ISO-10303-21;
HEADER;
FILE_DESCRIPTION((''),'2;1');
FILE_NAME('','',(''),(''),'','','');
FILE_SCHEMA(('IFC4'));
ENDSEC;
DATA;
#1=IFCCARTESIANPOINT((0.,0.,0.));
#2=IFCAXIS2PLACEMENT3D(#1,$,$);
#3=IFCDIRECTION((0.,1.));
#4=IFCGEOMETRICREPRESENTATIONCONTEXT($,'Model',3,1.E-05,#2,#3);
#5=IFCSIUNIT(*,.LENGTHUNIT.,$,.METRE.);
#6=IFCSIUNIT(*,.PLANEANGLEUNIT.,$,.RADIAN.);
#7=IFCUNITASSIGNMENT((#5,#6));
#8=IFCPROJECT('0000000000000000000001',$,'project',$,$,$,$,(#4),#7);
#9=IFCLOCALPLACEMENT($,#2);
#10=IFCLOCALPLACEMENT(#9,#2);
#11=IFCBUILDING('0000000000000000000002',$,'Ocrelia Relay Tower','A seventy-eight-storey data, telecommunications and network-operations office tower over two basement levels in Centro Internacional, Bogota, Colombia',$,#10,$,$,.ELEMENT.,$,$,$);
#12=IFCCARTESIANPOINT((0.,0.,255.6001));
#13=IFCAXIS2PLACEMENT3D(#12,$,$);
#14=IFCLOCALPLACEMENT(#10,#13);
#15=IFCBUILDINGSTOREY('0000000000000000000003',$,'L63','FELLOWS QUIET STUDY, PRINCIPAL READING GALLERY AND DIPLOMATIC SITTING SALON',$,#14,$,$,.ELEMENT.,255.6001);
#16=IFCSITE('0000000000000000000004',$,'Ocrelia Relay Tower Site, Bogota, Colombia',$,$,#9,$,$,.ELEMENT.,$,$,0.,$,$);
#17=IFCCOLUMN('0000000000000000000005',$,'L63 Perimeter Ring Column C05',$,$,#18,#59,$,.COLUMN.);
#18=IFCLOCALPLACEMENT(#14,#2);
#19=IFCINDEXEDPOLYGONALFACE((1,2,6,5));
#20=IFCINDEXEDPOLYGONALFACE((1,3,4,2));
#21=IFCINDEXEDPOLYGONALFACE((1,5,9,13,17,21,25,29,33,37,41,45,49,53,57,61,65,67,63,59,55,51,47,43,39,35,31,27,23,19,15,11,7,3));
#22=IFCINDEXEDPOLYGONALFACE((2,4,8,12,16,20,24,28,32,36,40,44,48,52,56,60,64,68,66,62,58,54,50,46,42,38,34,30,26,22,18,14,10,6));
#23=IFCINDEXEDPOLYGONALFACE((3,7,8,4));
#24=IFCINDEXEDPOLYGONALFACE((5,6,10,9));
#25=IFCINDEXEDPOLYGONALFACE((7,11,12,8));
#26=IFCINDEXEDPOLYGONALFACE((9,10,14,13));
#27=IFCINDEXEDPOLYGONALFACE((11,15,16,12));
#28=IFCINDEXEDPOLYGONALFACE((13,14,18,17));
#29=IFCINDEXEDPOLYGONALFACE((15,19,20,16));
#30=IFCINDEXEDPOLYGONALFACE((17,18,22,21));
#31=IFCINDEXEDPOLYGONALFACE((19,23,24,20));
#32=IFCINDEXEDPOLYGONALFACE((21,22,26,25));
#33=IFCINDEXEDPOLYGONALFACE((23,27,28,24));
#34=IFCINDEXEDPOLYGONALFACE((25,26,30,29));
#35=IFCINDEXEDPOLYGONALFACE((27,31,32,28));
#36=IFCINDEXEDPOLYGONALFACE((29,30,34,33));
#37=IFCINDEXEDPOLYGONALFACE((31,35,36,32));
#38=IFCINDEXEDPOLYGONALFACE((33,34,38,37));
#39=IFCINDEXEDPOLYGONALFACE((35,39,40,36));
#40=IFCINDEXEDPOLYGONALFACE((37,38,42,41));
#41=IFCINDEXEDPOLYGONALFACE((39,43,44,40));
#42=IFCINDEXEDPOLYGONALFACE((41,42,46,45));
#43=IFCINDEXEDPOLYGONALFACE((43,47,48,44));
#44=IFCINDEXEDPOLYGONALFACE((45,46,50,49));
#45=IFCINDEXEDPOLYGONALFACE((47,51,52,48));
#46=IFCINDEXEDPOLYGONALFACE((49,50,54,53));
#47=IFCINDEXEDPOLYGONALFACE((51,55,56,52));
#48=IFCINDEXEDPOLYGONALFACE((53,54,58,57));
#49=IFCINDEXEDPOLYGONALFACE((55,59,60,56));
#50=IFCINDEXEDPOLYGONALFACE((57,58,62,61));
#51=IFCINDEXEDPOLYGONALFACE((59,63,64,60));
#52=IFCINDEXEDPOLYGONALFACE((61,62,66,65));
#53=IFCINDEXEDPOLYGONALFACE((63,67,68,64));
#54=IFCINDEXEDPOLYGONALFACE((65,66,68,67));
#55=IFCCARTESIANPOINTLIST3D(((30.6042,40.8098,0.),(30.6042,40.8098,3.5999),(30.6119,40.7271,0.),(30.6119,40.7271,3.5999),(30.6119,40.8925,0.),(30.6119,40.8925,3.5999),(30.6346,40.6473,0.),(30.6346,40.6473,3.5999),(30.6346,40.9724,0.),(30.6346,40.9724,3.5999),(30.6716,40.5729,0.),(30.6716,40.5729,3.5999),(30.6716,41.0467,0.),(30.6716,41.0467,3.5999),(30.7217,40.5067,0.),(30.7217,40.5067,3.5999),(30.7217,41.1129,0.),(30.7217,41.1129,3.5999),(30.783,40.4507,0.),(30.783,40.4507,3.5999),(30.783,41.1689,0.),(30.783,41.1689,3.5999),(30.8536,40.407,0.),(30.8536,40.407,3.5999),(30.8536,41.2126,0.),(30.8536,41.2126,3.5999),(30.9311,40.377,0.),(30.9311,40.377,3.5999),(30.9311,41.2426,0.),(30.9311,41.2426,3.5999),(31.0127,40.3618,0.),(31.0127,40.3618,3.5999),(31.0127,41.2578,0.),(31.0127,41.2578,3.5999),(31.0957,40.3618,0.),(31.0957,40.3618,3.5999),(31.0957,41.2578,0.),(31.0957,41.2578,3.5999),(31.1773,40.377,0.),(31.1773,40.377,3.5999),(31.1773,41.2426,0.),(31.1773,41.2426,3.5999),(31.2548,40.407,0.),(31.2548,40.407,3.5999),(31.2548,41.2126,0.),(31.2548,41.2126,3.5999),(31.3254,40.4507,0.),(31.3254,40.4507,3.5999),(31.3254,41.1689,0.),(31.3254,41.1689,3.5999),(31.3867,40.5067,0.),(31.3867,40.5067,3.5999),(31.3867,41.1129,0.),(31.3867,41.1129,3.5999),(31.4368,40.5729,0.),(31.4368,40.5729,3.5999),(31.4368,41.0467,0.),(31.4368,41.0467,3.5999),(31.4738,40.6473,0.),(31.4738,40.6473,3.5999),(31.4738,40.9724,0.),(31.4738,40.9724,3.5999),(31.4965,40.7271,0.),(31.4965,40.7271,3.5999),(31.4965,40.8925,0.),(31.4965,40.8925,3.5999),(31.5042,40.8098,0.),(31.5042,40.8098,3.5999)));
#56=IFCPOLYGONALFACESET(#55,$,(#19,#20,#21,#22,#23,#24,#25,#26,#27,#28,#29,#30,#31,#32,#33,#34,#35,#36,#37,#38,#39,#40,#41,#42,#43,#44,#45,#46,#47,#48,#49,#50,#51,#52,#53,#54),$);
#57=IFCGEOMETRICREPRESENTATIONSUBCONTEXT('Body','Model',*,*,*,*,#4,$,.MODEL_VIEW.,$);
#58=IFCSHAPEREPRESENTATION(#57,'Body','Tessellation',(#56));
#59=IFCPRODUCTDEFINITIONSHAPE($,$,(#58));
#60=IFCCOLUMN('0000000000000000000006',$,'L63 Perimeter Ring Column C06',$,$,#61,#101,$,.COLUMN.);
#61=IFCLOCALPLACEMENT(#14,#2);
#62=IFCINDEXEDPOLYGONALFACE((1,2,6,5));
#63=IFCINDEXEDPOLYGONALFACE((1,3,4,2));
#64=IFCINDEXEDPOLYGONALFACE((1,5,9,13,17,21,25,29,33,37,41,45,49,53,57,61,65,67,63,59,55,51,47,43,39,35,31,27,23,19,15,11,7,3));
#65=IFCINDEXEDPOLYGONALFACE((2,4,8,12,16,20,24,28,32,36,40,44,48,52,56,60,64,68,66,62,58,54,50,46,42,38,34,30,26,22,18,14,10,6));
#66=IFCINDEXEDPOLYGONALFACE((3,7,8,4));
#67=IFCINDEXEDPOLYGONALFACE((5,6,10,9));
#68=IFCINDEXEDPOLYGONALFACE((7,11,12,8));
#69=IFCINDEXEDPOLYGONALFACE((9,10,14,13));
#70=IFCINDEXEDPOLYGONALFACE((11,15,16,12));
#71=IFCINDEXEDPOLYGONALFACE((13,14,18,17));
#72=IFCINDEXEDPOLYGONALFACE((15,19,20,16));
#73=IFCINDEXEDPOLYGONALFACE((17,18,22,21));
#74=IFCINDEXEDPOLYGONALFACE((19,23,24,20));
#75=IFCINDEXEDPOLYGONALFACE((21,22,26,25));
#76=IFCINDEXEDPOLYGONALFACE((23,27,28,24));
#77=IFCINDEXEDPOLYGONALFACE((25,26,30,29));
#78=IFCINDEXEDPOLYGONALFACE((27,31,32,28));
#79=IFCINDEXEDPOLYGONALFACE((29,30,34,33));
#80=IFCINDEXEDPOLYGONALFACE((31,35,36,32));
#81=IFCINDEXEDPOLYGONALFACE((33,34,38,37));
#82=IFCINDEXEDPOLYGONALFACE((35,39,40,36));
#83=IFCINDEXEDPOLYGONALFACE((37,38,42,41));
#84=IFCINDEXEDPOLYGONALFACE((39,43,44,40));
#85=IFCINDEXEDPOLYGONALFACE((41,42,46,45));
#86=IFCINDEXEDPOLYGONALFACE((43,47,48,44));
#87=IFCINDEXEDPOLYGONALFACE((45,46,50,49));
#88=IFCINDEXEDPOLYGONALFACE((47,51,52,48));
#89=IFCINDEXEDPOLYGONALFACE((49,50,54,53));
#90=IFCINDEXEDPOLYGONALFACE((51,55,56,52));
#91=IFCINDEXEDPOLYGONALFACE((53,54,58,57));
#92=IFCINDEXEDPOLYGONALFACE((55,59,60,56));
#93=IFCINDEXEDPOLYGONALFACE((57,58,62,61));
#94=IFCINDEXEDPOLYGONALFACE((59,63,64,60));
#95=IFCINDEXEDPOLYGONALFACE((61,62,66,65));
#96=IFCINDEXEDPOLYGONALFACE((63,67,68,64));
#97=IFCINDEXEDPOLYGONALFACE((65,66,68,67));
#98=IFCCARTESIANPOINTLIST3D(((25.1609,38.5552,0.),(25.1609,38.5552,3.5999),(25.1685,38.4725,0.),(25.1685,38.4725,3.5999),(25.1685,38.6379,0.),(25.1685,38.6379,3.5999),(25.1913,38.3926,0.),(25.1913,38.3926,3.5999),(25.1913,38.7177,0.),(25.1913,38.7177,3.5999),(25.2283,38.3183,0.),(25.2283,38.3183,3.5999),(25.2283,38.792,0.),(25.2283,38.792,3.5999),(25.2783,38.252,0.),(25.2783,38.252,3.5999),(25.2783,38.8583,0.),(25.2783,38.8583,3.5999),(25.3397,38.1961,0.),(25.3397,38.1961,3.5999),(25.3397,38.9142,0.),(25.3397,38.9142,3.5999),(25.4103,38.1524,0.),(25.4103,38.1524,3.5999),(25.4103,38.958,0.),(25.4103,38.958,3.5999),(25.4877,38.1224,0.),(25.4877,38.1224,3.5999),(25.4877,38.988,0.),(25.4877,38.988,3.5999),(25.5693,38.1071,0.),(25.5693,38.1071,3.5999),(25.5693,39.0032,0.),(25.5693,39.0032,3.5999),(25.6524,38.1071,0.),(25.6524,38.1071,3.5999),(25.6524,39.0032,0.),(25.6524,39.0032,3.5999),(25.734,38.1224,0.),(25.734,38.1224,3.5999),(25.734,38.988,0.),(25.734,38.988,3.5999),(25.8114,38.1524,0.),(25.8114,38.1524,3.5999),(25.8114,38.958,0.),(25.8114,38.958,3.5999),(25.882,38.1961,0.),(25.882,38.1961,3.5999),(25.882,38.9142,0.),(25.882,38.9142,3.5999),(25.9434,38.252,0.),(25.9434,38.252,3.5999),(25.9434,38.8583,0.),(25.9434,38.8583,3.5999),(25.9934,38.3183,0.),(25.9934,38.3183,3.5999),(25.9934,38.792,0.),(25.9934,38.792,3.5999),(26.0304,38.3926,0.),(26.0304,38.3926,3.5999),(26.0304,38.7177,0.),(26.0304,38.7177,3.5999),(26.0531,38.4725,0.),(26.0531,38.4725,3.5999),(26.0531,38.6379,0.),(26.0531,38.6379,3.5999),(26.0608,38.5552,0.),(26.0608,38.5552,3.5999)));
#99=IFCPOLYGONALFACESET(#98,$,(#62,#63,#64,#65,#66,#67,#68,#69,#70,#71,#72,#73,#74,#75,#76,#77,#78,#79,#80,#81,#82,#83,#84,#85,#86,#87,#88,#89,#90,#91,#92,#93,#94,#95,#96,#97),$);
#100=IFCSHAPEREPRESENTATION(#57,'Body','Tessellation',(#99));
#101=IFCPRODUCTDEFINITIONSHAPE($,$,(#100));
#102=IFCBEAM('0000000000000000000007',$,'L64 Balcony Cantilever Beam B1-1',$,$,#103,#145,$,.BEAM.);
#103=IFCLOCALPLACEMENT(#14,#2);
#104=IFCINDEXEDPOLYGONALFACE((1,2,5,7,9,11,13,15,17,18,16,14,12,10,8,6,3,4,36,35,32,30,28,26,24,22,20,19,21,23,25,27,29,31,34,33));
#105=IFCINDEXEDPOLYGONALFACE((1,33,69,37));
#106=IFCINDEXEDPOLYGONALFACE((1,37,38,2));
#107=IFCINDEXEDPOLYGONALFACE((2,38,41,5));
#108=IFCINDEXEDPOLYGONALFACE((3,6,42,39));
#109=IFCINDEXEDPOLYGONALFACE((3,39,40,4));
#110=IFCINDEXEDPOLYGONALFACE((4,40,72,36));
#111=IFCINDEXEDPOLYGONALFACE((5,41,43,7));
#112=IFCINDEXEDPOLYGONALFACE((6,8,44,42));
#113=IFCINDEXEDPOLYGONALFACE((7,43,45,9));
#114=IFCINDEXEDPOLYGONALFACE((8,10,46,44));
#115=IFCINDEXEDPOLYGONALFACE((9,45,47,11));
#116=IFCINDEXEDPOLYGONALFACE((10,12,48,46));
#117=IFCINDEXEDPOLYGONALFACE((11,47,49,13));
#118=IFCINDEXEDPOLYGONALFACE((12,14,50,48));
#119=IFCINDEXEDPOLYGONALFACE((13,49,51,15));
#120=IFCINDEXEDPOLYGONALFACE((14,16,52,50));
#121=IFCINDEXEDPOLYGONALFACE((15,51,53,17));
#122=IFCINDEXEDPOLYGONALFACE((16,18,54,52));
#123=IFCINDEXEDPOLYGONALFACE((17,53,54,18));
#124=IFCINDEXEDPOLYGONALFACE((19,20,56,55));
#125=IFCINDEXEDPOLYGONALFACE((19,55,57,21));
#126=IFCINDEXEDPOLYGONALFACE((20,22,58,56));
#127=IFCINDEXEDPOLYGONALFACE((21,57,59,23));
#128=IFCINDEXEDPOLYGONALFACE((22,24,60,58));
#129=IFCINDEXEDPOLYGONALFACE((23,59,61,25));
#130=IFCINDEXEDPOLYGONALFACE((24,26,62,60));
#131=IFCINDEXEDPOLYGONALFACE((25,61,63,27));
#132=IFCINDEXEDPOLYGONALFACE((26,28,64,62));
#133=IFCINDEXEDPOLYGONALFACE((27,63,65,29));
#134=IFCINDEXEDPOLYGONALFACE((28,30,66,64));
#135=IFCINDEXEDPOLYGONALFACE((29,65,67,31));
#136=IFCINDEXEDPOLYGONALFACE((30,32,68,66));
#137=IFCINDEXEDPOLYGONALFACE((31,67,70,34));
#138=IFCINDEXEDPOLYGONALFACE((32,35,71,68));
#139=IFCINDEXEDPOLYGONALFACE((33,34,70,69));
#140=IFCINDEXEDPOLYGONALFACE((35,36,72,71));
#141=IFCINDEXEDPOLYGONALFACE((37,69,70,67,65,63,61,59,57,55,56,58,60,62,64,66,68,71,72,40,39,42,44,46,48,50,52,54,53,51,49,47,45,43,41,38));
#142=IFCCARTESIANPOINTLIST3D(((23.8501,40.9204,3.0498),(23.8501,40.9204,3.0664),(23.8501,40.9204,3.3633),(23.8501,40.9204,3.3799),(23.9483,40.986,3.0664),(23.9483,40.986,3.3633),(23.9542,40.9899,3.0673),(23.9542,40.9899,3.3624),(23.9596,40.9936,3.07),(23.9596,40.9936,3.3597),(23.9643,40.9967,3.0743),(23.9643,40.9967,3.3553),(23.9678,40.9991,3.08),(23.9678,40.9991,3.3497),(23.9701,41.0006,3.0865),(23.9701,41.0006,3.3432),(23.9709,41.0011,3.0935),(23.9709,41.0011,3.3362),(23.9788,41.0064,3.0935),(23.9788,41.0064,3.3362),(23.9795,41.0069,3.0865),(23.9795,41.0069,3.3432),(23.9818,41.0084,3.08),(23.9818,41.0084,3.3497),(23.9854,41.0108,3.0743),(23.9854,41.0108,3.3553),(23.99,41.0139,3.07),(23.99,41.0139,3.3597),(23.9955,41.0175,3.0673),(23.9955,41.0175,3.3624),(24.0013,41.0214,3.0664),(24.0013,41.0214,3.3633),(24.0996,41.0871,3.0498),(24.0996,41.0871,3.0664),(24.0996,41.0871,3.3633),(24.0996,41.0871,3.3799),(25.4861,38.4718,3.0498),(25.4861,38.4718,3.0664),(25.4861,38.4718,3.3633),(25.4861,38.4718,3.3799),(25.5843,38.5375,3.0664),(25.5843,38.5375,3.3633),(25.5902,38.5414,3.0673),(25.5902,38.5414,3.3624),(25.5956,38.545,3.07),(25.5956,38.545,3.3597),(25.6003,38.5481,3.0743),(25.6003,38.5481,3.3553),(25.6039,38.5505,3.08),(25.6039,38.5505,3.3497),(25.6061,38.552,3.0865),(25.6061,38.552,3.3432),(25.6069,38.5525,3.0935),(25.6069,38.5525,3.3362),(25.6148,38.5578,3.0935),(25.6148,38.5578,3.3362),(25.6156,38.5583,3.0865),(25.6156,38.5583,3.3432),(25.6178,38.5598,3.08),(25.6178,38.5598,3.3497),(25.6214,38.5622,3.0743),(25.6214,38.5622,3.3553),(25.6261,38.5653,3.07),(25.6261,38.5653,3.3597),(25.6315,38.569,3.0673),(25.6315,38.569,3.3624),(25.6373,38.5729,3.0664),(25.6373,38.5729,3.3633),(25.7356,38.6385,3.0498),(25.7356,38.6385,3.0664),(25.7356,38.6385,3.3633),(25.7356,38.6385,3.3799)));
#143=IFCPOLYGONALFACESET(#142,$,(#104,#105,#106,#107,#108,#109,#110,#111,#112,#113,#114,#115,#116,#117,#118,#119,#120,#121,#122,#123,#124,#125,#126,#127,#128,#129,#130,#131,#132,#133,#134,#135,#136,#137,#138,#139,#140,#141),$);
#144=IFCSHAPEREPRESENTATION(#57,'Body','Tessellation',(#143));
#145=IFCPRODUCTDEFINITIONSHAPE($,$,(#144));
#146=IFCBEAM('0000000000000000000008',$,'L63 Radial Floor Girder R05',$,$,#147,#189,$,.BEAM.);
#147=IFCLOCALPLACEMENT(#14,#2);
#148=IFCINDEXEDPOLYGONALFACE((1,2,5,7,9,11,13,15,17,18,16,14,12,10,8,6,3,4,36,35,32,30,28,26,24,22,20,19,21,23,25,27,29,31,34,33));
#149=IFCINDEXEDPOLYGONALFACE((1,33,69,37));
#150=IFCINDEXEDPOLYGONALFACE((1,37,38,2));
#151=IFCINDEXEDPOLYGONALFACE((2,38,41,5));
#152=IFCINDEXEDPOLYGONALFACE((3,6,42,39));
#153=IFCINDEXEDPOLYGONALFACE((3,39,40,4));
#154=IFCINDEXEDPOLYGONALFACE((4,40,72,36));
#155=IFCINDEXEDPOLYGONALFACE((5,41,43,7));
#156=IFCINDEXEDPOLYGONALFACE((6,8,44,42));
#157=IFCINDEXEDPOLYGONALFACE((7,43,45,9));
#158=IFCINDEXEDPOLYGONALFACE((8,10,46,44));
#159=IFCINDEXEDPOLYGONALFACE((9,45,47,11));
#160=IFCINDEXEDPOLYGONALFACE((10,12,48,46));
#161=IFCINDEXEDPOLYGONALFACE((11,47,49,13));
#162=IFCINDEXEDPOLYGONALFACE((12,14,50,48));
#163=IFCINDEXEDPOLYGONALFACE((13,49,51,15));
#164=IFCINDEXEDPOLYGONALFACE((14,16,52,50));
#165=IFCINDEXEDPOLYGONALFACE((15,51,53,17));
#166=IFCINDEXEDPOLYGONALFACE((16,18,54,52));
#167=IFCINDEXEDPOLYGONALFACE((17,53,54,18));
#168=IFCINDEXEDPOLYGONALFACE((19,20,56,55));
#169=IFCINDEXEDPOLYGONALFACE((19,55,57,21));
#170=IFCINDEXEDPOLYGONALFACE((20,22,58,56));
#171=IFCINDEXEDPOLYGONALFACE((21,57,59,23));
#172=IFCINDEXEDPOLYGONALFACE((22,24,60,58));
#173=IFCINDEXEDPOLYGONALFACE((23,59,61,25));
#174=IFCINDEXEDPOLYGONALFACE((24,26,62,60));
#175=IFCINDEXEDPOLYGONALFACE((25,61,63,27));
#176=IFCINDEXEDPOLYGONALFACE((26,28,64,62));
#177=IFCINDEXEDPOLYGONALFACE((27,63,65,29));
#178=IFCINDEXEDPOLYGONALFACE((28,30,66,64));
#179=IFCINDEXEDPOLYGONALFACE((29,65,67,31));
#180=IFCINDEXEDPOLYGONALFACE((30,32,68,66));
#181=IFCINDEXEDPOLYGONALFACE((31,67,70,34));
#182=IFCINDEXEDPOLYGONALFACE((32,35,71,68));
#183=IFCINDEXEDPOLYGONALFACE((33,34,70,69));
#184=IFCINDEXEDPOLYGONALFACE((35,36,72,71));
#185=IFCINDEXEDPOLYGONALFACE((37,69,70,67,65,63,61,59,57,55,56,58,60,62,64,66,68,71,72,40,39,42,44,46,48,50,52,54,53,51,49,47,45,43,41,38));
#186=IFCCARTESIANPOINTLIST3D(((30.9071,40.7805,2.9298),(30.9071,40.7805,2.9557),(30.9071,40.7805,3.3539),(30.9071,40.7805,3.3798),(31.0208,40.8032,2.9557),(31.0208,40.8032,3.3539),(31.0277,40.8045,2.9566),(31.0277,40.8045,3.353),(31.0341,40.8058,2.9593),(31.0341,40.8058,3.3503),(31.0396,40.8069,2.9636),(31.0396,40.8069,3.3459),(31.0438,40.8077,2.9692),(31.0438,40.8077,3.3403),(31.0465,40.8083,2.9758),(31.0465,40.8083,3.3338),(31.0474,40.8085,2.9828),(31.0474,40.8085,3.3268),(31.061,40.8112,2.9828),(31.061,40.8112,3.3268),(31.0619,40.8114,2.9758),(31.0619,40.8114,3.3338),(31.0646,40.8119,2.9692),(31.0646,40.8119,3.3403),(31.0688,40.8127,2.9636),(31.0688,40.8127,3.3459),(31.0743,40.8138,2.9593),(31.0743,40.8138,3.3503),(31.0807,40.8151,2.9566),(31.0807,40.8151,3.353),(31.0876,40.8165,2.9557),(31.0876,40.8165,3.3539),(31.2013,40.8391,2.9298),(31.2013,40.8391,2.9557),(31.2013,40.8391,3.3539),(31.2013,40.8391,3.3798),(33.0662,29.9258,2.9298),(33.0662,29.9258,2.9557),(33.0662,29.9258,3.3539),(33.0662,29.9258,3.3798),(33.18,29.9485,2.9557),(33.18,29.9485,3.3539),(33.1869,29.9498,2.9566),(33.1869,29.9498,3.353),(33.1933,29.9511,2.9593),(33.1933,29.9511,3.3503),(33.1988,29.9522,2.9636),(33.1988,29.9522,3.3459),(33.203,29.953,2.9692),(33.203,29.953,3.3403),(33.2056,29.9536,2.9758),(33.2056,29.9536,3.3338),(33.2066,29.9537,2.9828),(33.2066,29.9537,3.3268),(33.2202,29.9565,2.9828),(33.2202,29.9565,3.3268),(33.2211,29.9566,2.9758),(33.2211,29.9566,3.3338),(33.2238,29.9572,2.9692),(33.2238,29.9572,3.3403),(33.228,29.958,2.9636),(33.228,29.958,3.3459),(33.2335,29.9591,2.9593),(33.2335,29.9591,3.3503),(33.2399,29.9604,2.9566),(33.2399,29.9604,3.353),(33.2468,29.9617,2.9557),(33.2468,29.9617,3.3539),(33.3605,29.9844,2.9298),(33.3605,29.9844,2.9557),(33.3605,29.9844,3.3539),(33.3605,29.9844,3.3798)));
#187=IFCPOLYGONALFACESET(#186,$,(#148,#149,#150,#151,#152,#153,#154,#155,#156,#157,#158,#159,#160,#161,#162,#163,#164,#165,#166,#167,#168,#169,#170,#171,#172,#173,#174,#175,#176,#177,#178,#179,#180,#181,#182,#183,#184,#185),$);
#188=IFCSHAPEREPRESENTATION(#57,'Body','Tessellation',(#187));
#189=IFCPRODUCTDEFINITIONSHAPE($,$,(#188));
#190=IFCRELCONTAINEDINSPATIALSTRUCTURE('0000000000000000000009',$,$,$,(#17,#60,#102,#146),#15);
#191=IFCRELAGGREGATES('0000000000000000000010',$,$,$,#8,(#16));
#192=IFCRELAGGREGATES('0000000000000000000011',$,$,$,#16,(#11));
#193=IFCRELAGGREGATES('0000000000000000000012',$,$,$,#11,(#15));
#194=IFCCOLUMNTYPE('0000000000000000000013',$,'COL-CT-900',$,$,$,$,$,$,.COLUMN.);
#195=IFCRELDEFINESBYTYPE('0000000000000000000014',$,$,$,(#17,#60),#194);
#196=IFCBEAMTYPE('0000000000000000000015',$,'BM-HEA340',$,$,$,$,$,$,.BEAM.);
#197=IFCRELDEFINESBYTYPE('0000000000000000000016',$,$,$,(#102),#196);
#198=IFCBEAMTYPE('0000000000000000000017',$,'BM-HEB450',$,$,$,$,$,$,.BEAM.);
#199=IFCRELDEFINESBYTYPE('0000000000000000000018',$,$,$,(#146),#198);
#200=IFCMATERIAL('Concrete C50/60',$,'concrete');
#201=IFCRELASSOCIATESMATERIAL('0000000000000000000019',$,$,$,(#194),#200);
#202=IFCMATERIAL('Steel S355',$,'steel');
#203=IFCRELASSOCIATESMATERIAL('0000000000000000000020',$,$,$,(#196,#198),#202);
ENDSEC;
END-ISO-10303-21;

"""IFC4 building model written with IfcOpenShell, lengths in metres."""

from ifc_helpers import new_model, si_unit, direction, frame, origin, origin_2d, place, context, subcontext, project, spatial, circle, i_section, extrude, material, material_profile, profile_set, type_object, element, save


model = new_model("IFC4")

# Units and contexts
model_context = context("Model", 3, precision=1e-05, world=origin(), true_north=direction((0.0, 1.0)))
body_context = subcontext(model_context, "Body", "Model", "MODEL_VIEW")
ifc_project = project(units=[si_unit("LENGTHUNIT", "METRE"), si_unit("PLANEANGLEUNIT", "RADIAN")], contexts=[model_context])

# Site, building, storey
site_placement = place(None, origin())
site = spatial("IfcSite", under=ifc_project, at=site_placement, Name="Ocrelia Relay Tower Site, Bogota, Colombia", CompositionType="ELEMENT", RefElevation=0.0)
building_placement = place(site_placement, origin())
building = spatial("IfcBuilding", under=site, at=building_placement, Name="Ocrelia Relay Tower", Description="A seventy-eight-storey data, telecommunications and network-operations office tower over two basement levels in Centro Internacional, Bogota, Colombia", CompositionType="ELEMENT")
storey_placement = place(building_placement, frame((0.0, 0.0, 255.6001)))
storey = spatial("IfcBuildingStorey", under=building, at=storey_placement, Name="L63", Description="FELLOWS QUIET STUDY, PRINCIPAL READING GALLERY AND DIPLOMATIC SITTING SALON", CompositionType="ELEMENT", Elevation=255.6001)

# Columns
ifc_material_1 = material(Name="Concrete C50/60", Category="concrete")
ifc_material_profile_1 = material_profile(ifc_material_1, circle(Radius=0.45, at=origin_2d()), Name="RC-CIR-900")
ifc_profile_set_1 = profile_set([ifc_material_profile_1], Name="Concrete C50/60")
column_type = type_object("IfcColumnType", Name="COL-CT-900", PredefinedType="COLUMN", material=ifc_profile_set_1)
for number, where, z_axis, x_axis, name in (
    (1, (31.0542, 40.8098, 0.0), (0.0, 0.0, 1.0), (1.0, 0.0, 0.0), "L63 Perimeter Ring Column C05"),
    (2, (25.6108, 38.5552, 0.0), (0.0, 0.0, 1.0), (1.0, 0.0, 0.0), "L63 Perimeter Ring Column C06"),
):
    element("IfcColumn", number, at=place(storey_placement, frame(where, z_axis=z_axis, x_axis=x_axis)), inside=storey, type_object=column_type, Name=name, PredefinedType="COLUMN", context=body_context, shape_type="SweptSolid", body=[
        extrude(circle(Radius=0.45, at=origin_2d()), origin(), (0.0, 0.0, 1.0), 3.5999),
    ])

# Beams
ifc_material_2 = material(Name="Steel S355", Category="steel")
ifc_material_profile_2 = material_profile(ifc_material_2, i_section(OverallWidth=0.3, OverallDepth=0.3301, WebThickness=0.0095, FlangeThickness=0.0166, FilletRadius=0.0271, at=origin_2d()), Name="HEA 340")
ifc_profile_set_2 = profile_set([ifc_material_profile_2], Name="Steel S355")
beam_type_1 = type_object("IfcBeamType", Name="BM-HEA340", PredefinedType="BEAM", material=ifc_profile_set_2)
beam_1_placement = place(storey_placement, frame((25.6108, 38.5552, 3.2148), z_axis=(-0.555561, 0.831476, 0.0), x_axis=(-0.831476, -0.555561, 0.0)))
element("IfcBeam", 3, at=beam_1_placement, inside=storey, type_object=beam_type_1, Name="L64 Balcony Cantilever Beam B1-1", PredefinedType="BEAM", context=body_context, shape_type="SweptSolid", body=[
    extrude(i_section(OverallWidth=0.3, OverallDepth=0.3301, WebThickness=0.0095, FlangeThickness=0.0166, FilletRadius=0.0271, at=origin_2d()), origin(), (0.0, 0.0, 1.0), 2.9448),
])
ifc_material_profile_3 = material_profile(ifc_material_2, i_section(OverallWidth=0.3, OverallDepth=0.45, WebThickness=0.0139, FlangeThickness=0.0259, FilletRadius=0.0271, at=origin_2d()), Name="HEB 450")
ifc_profile_set_3 = profile_set([ifc_material_profile_3], Name="Steel S355")
beam_type_2 = type_object("IfcBeamType", Name="BM-HEB450", PredefinedType="BEAM", material=ifc_profile_set_3)
beam_2_placement = place(storey_placement, frame((31.0542, 40.8098, 3.1548), z_axis=(0.195094, -0.980785, 0.0), x_axis=(0.980785, 0.195094, 0.0)))
element("IfcBeam", 4, at=beam_2_placement, inside=storey, type_object=beam_type_2, Name="L63 Radial Floor Girder R05", PredefinedType="BEAM", context=body_context, shape_type="SweptSolid", body=[
    extrude(i_section(OverallWidth=0.3, OverallDepth=0.45, WebThickness=0.0139, FlangeThickness=0.0259, FilletRadius=0.0271, at=origin_2d()), origin(), (0.0, 0.0, 1.0), 11.0674),
])

save(model, "model.ifc")
